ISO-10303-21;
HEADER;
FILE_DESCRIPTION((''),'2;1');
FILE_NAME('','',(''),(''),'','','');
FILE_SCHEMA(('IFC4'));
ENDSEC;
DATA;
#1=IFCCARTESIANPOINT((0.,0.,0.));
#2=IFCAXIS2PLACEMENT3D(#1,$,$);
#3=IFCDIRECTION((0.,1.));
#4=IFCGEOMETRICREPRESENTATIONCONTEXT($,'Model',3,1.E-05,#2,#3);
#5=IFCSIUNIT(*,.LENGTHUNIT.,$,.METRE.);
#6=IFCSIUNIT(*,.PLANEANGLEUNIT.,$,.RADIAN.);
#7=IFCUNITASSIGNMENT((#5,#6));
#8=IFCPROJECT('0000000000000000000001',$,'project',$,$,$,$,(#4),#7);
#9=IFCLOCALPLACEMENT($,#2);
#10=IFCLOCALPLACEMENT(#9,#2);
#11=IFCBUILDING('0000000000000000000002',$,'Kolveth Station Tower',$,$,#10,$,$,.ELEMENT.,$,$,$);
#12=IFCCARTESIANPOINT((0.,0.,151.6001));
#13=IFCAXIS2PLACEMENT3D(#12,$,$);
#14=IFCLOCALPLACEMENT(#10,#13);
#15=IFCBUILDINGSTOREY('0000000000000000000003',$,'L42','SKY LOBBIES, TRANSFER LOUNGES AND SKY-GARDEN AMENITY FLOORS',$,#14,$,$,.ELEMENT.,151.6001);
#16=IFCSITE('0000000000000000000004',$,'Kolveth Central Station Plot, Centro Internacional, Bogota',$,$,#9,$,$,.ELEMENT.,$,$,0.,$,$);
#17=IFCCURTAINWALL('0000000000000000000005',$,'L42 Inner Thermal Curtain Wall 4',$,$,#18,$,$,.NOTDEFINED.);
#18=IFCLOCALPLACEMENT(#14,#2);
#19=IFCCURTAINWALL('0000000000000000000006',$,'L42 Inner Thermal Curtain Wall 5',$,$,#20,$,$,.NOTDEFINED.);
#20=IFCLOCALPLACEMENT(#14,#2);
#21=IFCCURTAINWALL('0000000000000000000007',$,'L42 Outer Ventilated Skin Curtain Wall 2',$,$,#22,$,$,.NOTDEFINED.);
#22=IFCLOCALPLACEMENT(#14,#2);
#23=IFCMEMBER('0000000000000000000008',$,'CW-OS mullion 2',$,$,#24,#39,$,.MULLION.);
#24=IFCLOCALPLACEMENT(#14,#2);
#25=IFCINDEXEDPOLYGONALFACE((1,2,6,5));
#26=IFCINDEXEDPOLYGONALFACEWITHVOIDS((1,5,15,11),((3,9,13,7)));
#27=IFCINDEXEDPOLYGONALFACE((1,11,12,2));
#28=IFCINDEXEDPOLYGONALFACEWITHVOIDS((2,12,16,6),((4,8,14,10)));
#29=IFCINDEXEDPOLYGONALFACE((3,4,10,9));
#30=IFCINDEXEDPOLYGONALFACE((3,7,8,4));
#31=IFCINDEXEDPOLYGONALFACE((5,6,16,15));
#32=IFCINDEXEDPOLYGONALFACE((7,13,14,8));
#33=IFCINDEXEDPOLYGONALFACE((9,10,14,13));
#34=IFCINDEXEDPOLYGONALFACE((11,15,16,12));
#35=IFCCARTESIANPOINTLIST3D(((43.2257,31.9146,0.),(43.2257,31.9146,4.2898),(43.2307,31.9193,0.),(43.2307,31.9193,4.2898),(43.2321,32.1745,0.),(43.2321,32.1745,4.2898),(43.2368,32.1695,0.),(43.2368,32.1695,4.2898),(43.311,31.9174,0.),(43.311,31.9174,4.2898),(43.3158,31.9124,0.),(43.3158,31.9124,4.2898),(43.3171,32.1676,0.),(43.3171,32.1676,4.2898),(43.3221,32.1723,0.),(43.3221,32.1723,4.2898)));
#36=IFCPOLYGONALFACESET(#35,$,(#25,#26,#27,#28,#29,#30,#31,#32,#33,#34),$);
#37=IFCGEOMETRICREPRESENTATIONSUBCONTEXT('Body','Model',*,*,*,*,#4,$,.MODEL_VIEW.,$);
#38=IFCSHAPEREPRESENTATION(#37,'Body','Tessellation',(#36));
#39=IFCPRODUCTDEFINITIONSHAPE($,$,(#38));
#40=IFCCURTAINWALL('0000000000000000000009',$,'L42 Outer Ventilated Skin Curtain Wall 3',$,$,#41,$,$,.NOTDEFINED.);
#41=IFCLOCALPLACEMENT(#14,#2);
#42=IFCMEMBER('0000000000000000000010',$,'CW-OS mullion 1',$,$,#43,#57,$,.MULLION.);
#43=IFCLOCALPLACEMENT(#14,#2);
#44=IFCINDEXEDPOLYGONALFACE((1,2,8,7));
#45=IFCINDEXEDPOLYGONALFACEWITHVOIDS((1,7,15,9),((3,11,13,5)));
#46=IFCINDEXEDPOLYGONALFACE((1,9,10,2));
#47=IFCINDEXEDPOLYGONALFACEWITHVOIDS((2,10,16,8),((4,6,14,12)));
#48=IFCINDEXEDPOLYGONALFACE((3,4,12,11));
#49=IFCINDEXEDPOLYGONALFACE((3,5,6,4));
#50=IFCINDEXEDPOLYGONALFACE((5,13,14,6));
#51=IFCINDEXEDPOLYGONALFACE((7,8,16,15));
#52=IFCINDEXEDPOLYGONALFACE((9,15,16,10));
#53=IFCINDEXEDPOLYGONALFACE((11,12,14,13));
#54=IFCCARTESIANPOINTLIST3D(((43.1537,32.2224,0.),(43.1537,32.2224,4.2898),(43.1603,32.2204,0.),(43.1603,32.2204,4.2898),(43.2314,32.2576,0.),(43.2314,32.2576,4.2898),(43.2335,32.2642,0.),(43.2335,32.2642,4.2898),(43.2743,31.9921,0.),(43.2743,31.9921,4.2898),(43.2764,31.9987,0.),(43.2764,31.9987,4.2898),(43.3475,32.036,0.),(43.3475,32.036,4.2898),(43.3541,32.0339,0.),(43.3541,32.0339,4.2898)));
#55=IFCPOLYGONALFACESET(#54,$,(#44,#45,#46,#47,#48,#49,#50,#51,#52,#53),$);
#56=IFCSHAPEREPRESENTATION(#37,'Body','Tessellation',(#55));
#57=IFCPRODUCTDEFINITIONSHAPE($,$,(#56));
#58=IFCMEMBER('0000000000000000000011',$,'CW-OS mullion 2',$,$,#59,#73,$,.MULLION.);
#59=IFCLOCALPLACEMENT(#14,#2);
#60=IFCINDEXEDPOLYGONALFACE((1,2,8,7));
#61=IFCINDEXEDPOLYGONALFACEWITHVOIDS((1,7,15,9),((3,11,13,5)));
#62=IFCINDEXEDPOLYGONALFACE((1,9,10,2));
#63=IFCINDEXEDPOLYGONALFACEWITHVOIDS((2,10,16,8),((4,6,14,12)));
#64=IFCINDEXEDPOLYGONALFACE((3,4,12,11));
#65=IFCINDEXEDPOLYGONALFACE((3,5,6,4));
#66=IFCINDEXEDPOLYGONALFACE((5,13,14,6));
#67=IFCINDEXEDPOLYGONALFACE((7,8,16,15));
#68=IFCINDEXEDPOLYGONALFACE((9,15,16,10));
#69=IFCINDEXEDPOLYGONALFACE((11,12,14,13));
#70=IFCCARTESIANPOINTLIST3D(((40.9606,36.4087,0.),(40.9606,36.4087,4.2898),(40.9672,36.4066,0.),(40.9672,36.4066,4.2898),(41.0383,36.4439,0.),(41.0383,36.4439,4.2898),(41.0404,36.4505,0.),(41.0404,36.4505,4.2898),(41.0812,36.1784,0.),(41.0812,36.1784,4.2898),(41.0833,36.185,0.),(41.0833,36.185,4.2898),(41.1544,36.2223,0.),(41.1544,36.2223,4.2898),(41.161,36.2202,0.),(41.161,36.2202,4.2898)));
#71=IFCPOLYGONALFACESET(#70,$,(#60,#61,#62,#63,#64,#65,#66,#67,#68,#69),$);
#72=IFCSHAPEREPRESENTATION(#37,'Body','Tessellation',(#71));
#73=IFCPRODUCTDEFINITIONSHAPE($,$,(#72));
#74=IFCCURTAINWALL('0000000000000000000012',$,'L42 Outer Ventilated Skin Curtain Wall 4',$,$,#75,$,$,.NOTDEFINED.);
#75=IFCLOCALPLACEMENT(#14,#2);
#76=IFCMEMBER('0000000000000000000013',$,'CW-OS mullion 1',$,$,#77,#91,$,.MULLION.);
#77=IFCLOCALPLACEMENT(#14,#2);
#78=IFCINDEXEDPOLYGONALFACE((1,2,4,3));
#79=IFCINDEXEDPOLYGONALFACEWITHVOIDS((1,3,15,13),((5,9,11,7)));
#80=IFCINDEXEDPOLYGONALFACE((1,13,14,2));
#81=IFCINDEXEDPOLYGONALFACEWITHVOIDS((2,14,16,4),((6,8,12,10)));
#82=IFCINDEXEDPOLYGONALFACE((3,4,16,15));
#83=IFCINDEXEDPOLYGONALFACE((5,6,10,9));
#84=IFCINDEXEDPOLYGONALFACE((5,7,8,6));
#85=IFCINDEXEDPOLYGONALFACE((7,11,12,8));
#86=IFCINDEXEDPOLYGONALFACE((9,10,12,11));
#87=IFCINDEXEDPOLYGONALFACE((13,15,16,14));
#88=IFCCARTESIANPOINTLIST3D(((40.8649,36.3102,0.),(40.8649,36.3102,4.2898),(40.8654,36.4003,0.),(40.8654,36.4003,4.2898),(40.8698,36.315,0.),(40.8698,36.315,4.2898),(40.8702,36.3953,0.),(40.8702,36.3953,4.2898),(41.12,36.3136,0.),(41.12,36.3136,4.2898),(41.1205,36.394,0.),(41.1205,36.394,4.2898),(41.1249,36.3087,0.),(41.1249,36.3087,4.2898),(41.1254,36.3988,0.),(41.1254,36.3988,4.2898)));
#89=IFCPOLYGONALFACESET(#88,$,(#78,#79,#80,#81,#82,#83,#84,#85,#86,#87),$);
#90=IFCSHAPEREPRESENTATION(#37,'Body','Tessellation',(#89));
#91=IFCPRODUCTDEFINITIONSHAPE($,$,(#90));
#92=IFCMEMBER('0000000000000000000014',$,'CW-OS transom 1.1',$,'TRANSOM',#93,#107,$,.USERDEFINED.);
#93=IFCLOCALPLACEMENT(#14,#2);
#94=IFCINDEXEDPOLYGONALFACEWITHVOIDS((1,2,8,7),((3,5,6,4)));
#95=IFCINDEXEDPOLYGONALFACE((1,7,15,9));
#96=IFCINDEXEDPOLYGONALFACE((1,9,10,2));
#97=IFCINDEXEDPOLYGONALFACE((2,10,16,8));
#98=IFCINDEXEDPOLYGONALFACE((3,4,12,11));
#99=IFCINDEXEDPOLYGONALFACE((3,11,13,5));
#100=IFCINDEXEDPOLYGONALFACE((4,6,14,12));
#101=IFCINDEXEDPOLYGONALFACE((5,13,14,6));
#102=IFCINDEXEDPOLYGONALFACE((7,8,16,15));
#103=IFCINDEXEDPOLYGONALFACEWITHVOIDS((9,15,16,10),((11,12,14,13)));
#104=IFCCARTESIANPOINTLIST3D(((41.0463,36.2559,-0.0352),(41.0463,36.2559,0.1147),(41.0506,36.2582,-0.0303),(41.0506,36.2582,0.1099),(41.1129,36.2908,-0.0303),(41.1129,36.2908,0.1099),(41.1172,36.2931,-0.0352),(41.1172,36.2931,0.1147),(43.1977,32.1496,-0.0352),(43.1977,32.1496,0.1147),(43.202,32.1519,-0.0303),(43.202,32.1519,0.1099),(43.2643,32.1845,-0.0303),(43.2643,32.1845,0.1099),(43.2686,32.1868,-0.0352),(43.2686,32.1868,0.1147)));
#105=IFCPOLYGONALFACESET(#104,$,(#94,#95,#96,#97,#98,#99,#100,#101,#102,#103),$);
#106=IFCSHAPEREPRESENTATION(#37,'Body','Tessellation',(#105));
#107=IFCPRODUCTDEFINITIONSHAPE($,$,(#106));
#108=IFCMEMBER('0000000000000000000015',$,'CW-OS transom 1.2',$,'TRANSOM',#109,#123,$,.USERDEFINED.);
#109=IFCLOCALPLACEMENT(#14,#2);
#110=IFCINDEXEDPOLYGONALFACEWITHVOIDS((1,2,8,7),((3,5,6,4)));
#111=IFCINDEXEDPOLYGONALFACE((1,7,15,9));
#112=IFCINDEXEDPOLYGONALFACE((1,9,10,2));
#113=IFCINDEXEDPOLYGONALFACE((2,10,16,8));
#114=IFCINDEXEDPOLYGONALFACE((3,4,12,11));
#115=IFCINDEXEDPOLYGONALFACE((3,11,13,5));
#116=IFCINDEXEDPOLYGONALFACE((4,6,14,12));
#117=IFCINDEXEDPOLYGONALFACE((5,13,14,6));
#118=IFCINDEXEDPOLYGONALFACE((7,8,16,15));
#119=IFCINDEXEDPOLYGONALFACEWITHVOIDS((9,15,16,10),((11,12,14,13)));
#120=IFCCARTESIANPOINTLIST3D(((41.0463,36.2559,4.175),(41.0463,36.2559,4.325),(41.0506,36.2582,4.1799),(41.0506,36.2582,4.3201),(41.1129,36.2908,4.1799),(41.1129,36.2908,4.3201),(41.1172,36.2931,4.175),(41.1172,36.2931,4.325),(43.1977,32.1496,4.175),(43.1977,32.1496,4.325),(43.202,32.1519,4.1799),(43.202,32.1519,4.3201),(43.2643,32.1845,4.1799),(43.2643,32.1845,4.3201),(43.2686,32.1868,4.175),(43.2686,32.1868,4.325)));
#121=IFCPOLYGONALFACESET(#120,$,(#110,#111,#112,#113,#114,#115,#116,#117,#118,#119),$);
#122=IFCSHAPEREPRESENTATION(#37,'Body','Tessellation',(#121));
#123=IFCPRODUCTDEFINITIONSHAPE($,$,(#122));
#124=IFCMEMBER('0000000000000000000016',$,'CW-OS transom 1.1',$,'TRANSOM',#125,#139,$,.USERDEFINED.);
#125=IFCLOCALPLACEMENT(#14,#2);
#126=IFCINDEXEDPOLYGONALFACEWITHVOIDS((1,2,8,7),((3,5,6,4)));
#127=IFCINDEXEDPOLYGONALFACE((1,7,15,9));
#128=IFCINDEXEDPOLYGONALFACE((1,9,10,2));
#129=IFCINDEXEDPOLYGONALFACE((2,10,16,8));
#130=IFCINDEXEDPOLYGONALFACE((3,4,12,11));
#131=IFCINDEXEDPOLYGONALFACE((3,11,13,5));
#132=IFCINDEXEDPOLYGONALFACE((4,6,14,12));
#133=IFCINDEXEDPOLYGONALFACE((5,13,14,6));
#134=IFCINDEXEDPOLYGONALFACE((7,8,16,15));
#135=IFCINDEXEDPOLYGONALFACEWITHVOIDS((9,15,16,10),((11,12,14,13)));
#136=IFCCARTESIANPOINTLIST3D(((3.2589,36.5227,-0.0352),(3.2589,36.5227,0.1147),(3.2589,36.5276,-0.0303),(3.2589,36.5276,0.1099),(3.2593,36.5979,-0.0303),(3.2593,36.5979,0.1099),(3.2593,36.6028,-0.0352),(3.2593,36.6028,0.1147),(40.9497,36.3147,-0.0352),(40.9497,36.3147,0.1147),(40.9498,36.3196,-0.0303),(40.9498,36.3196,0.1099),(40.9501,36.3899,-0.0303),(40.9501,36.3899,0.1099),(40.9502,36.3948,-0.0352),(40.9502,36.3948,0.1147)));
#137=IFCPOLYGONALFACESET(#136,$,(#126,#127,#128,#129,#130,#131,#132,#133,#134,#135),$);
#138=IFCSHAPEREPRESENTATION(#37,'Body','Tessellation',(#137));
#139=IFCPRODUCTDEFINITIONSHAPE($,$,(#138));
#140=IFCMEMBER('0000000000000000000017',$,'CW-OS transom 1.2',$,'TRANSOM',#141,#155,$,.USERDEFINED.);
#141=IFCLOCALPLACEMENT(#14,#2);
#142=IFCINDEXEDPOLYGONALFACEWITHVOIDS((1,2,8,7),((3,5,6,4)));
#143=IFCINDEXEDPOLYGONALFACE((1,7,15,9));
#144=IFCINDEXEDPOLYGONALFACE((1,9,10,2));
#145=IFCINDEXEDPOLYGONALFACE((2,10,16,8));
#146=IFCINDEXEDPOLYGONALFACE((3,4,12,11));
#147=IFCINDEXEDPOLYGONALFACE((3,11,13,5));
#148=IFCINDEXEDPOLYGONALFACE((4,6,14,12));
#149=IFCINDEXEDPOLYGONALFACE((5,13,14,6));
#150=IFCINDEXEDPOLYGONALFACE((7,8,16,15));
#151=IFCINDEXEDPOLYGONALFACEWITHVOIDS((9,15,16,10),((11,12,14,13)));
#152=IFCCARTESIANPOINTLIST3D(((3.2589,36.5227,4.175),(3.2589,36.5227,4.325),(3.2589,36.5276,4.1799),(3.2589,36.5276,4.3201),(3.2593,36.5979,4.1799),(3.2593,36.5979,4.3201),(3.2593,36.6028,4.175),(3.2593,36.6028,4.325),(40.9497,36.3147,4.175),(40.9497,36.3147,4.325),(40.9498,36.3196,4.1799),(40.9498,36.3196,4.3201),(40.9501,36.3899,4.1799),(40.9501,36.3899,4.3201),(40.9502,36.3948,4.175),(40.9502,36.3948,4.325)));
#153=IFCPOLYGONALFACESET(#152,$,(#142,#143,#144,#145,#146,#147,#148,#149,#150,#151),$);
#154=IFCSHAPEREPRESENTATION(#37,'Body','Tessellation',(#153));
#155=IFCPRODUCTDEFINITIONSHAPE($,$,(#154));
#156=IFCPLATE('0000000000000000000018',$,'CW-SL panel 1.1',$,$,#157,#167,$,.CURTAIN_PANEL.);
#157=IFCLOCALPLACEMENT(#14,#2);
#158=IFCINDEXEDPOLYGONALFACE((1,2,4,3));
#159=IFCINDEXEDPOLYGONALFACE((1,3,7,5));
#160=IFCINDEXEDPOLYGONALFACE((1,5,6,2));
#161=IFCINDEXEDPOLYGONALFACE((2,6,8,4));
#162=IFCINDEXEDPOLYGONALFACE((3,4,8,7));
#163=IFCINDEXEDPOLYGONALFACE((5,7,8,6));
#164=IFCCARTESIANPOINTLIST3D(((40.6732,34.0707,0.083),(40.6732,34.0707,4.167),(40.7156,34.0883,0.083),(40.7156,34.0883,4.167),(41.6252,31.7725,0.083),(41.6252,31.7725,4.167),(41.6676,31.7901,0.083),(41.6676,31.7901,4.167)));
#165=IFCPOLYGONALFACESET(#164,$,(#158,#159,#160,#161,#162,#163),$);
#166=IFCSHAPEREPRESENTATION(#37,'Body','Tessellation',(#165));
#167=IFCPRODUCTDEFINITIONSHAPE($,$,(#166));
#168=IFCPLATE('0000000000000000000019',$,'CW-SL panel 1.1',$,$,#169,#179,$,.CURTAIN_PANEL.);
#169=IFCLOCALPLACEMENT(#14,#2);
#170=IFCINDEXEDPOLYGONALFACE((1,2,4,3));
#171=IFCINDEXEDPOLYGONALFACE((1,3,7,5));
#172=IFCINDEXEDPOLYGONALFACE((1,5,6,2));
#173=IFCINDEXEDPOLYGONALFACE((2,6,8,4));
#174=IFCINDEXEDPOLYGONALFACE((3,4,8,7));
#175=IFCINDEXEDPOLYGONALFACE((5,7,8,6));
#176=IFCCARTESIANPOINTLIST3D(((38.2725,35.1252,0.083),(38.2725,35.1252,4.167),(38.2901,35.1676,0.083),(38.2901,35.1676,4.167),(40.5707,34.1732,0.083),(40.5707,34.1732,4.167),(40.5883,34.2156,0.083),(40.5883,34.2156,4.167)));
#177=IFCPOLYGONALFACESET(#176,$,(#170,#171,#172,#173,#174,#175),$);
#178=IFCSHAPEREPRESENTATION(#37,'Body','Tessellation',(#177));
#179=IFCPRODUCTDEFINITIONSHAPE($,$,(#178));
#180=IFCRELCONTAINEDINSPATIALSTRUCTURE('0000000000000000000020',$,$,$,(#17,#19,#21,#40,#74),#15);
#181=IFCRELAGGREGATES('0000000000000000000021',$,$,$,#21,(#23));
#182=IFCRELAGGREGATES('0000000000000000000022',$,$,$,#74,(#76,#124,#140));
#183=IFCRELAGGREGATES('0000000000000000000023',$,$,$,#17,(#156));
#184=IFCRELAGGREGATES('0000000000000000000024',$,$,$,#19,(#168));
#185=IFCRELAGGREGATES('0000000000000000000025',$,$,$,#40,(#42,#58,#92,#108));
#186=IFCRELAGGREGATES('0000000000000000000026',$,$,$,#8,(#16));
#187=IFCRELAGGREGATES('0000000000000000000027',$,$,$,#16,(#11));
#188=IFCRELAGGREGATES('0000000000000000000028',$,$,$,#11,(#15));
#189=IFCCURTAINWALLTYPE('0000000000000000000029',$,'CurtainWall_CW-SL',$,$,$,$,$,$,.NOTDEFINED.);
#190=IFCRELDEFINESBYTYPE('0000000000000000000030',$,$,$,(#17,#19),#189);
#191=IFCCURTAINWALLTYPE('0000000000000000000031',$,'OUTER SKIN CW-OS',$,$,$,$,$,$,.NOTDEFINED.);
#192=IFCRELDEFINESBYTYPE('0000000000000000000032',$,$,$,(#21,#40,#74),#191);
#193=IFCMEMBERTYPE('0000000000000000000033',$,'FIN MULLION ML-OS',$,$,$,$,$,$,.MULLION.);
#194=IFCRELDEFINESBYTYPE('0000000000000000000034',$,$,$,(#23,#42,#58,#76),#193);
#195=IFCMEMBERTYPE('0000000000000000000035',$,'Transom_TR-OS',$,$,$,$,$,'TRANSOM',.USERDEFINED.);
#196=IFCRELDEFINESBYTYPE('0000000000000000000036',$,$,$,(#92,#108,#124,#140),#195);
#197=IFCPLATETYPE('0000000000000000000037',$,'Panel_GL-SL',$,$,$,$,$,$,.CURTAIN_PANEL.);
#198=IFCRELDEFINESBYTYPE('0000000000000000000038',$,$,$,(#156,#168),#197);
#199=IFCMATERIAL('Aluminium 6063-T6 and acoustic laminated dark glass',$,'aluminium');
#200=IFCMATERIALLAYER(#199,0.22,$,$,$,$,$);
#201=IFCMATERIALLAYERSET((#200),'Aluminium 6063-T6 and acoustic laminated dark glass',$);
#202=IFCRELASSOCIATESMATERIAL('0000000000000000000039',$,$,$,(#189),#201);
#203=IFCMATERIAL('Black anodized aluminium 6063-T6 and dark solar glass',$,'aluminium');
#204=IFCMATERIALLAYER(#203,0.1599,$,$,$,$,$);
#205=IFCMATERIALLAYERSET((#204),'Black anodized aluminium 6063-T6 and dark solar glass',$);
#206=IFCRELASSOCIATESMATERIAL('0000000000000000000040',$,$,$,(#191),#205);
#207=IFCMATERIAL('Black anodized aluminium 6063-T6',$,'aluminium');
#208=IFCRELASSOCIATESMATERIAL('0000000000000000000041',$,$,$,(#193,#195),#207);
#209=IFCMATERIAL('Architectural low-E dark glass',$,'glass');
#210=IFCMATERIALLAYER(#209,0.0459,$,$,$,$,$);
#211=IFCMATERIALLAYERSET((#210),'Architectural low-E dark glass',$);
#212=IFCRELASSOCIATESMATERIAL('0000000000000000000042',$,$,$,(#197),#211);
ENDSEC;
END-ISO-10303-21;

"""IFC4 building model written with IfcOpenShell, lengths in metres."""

from ifc_helpers import new_model, si_unit, direction, frame, origin, origin_2d, place, context, subcontext, project, spatial, rectangle, hollow_rectangle, extrude, source, transform, mapped, material, layer, layer_set, material_profile, profile_set, type_object, element, aggregate, save


model = new_model("IFC4")

# Units and contexts
model_context = context("Model", 3, precision=1e-05, world=origin(), true_north=direction((0.0, 1.0)))
body_context = subcontext(model_context, "Body", "Model", "MODEL_VIEW")
ifc_project = project(units=[si_unit("LENGTHUNIT", "METRE"), si_unit("PLANEANGLEUNIT", "RADIAN")], contexts=[model_context])

# Site, building, storey
site_placement = place(None, origin())
site = spatial("IfcSite", under=ifc_project, at=site_placement, Name="Kolveth Central Station Plot, Centro Internacional, Bogota", CompositionType="ELEMENT", RefElevation=0.0)
building_placement = place(site_placement, origin())
building = spatial("IfcBuilding", under=site, at=building_placement, Name="Kolveth Station Tower", CompositionType="ELEMENT")
storey_placement = place(building_placement, frame((0.0, 0.0, 151.6001)))
storey = spatial("IfcBuildingStorey", under=building, at=storey_placement, Name="L42", Description="SKY LOBBIES, TRANSFER LOUNGES AND SKY-GARDEN AMENITY FLOORS", CompositionType="ELEMENT", Elevation=151.6001)

# Curtain wall
ifc_material_1 = material(Name="Aluminium 6063-T6 and acoustic laminated dark glass", Category="aluminium")
ifc_layer_1 = layer(ifc_material_1, 0.22)
ifc_layer_set_1 = layer_set([ifc_layer_1], Name="Aluminium 6063-T6 and acoustic laminated dark glass")
curtain_wall_type_1 = type_object("IfcCurtainWallType", Name="CurtainWall_CW-SL", PredefinedType="NOTDEFINED", material=ifc_layer_set_1)
curtain_wall_1_placement = place(storey_placement, origin())
curtain_wall_1 = element("IfcCurtainWall", 1, at=curtain_wall_1_placement, inside=storey, type_object=curtain_wall_type_1, Name="L42 Inner Thermal Curtain Wall 4", PredefinedType="NOTDEFINED")
ifc_material_2 = material(Name="Black anodized aluminium 6063-T6", Category="aluminium")

# Curtain wall
curtain_wall_2_placement = place(storey_placement, origin())
curtain_wall_2 = element("IfcCurtainWall", 2, at=curtain_wall_2_placement, inside=storey, type_object=curtain_wall_type_1, Name="L42 Inner Thermal Curtain Wall 5", PredefinedType="NOTDEFINED")

# Curtain wall, member
ifc_material_3 = material(Name="Black anodized aluminium 6063-T6 and dark solar glass", Category="aluminium")
ifc_layer_2 = layer(ifc_material_3, 0.1599)
ifc_layer_set_2 = layer_set([ifc_layer_2], Name="Black anodized aluminium 6063-T6 and dark solar glass")
curtain_wall_type_2 = type_object("IfcCurtainWallType", Name="OUTER SKIN CW-OS", PredefinedType="NOTDEFINED", material=ifc_layer_set_2)
curtain_wall_3_placement = place(storey_placement, origin())
curtain_wall_3 = element("IfcCurtainWall", 3, at=curtain_wall_3_placement, inside=storey, type_object=curtain_wall_type_2, Name="L42 Outer Ventilated Skin Curtain Wall 2", PredefinedType="NOTDEFINED")
ifc_material_profile_1 = material_profile(ifc_material_2, hollow_rectangle(XDim=0.0901, YDim=0.26, WallThickness=0.0049, at=origin_2d()), Name="ALU-90x260x5")
ifc_profile_set_1 = profile_set([ifc_material_profile_1], Name="Black anodized aluminium 6063-T6")
member_type_1 = type_object("IfcMemberType", Name="FIN MULLION ML-OS", PredefinedType="MULLION", material=ifc_profile_set_1)
shared_shape_1 = source(origin(), body_context, "Body", "SweptSolid", [
    extrude(hollow_rectangle(XDim=0.0901, YDim=0.26, WallThickness=0.0049, at=origin_2d()), origin(), (0.0, 0.0, 1.0), 4.2898),
])
member_1_placement = place(storey_placement, frame((43.2739, 32.0435, 0.0), z_axis=(0.0, 0.0, 1.0), x_axis=(-0.999704, 0.024324, 0.0)))
member_1 = element("IfcMember", 4, at=member_1_placement, type_object=member_type_1, Name="CW-OS mullion 2", PredefinedType="MULLION", context=body_context, shape_type="MappedRepresentation", body=[
    mapped(shared_shape_1, transform((0.0, 0.0, 0.0), x_axis=(1.0, 0.0, 0.0), y_axis=(0.0, 1.0, 0.0), z_axis=(0.0, 0.0, 1.0), scale=1.0)),
])
aggregate(curtain_wall_3, [member_1])

# Curtain wall, members
curtain_wall_4_placement = place(storey_placement, origin())
curtain_wall_4 = element("IfcCurtainWall", 5, at=curtain_wall_4_placement, inside=storey, type_object=curtain_wall_type_2, Name="L42 Outer Ventilated Skin Curtain Wall 3", PredefinedType="NOTDEFINED")
member_2_placement = place(storey_placement, frame((43.2539, 32.1282, 0.0), z_axis=(0.0, 0.0, 1.0), x_axis=(-0.885795, -0.464078, 0.0)))
member_2 = element("IfcMember", 6, at=member_2_placement, type_object=member_type_1, Name="CW-OS mullion 1", PredefinedType="MULLION", context=body_context, shape_type="MappedRepresentation", body=[
    mapped(shared_shape_1, transform((0.0, 0.0, 0.0), x_axis=(1.0, 0.0, 0.0), y_axis=(0.0, 1.0, 0.0), z_axis=(0.0, 0.0, 1.0), scale=1.0)),
])
member_3_placement = place(storey_placement, frame((41.0608, 36.3145, 0.0), z_axis=(0.0, 0.0, 1.0), x_axis=(-0.885795, -0.464078, 0.0)))
member_3 = element("IfcMember", 7, at=member_3_placement, type_object=member_type_1, Name="CW-OS mullion 2", PredefinedType="MULLION", context=body_context, shape_type="MappedRepresentation", body=[
    mapped(shared_shape_1, transform((0.0, 0.0, 0.0), x_axis=(1.0, 0.0, 0.0), y_axis=(0.0, 1.0, 0.0), z_axis=(0.0, 0.0, 1.0), scale=1.0)),
])

# Curtain wall, member
curtain_wall_5_placement = place(storey_placement, origin())
curtain_wall_5 = element("IfcCurtainWall", 8, at=curtain_wall_5_placement, inside=storey, type_object=curtain_wall_type_2, Name="L42 Outer Ventilated Skin Curtain Wall 4", PredefinedType="NOTDEFINED")
member_4_placement = place(storey_placement, frame((40.9951, 36.3545, 0.0), z_axis=(0.0, 0.0, 1.0), x_axis=(-0.005519, -0.999985, 0.0)))
member_4 = element("IfcMember", 9, at=member_4_placement, type_object=member_type_1, Name="CW-OS mullion 1", PredefinedType="MULLION", context=body_context, shape_type="MappedRepresentation", body=[
    mapped(shared_shape_1, transform((0.0, 0.0, 0.0), x_axis=(1.0, 0.0, 0.0), y_axis=(0.0, 1.0, 0.0), z_axis=(0.0, 0.0, 1.0), scale=1.0)),
])

# Members
ifc_material_profile_2 = material_profile(ifc_material_2, hollow_rectangle(XDim=0.0801, YDim=0.1499, WallThickness=0.0049, at=origin_2d()), Name="ALU-80x150x5")
ifc_profile_set_2 = profile_set([ifc_material_profile_2], Name="Black anodized aluminium 6063-T6")
member_type_2 = type_object("IfcMemberType", Name="Transom_TR-OS", ElementType="TRANSOM", PredefinedType="USERDEFINED", material=ifc_profile_set_2)
shared_shape_2 = source(origin(), body_context, "Body", "SweptSolid", [
    extrude(hollow_rectangle(XDim=0.0801, YDim=0.1499, WallThickness=0.0049, at=origin_2d()), origin(), (0.0, 0.0, 1.0), 4.6357),
])
member_5_placement = place(storey_placement, frame((43.2332, 32.1682, 0.0398), z_axis=(-0.464092, 0.885787, 0.0), x_axis=(-0.885787, -0.464092, 0.0)))
member_5 = element("IfcMember", 10, at=member_5_placement, type_object=member_type_2, Name="CW-OS transom 1.1", ObjectType="TRANSOM", PredefinedType="USERDEFINED", context=body_context, shape_type="MappedRepresentation", body=[
    mapped(shared_shape_2, transform((0.0, 0.0, 0.0), x_axis=(1.0, 0.0, 0.0), y_axis=(0.0, 1.0, 0.0), z_axis=(0.0, 0.0, 1.0), scale=1.0)),
])
member_6_placement = place(storey_placement, frame((43.2332, 32.1682, 4.25), z_axis=(-0.464092, 0.885787, 0.0), x_axis=(-0.885787, -0.464092, 0.0)))
member_6 = element("IfcMember", 11, at=member_6_placement, type_object=member_type_2, Name="CW-OS transom 1.2", ObjectType="TRANSOM", PredefinedType="USERDEFINED", context=body_context, shape_type="MappedRepresentation", body=[
    mapped(shared_shape_2, transform((0.0, 0.0, 0.0), x_axis=(1.0, 0.0, 0.0), y_axis=(0.0, 1.0, 0.0), z_axis=(0.0, 0.0, 1.0), scale=1.0)),
])
shared_shape_3 = source(origin(), body_context, "Body", "SweptSolid", [
    extrude(hollow_rectangle(XDim=0.0801, YDim=0.1499, WallThickness=0.0049, at=origin_2d()), origin(), (0.0, 0.0, 1.0), 37.6914),
])
member_7_placement = place(storey_placement, frame((40.95, 36.3547, 0.0398), z_axis=(-0.999985, 0.005519, 0.0), x_axis=(-0.005519, -0.999985, 0.0)))
member_7 = element("IfcMember", 12, at=member_7_placement, type_object=member_type_2, Name="CW-OS transom 1.1", ObjectType="TRANSOM", PredefinedType="USERDEFINED", context=body_context, shape_type="MappedRepresentation", body=[
    mapped(shared_shape_3, transform((0.0, 0.0, 0.0), x_axis=(1.0, 0.0, 0.0), y_axis=(0.0, 1.0, 0.0), z_axis=(0.0, 0.0, 1.0), scale=1.0)),
])
member_8_placement = place(storey_placement, frame((40.95, 36.3547, 4.25), z_axis=(-0.999985, 0.005519, 0.0), x_axis=(-0.005519, -0.999985, 0.0)))
member_8 = element("IfcMember", 13, at=member_8_placement, type_object=member_type_2, Name="CW-OS transom 1.2", ObjectType="TRANSOM", PredefinedType="USERDEFINED", context=body_context, shape_type="MappedRepresentation", body=[
    mapped(shared_shape_3, transform((0.0, 0.0, 0.0), x_axis=(1.0, 0.0, 0.0), y_axis=(0.0, 1.0, 0.0), z_axis=(0.0, 0.0, 1.0), scale=1.0)),
])
aggregate(curtain_wall_5, [member_4, member_7, member_8])

# Plates
ifc_material_4 = material(Name="Architectural low-E dark glass", Category="glass")
ifc_layer_3 = layer(ifc_material_4, 0.0459)
ifc_layer_set_3 = layer_set([ifc_layer_3], Name="Architectural low-E dark glass")
plate_type_1 = type_object("IfcPlateType", Name="Panel_GL-SL", PredefinedType="CURTAIN_PANEL", material=ifc_layer_set_3)
shared_shape_4 = source(origin(), body_context, "Body", "SweptSolid", [
    extrude(rectangle(XDim=2.4875, YDim=0.0459, at=origin_2d()), origin(), (0.0, 0.0, 1.0), 4.084),
])
plate_1_placement = place(storey_placement, frame((41.1704, 32.9304, 0.083), z_axis=(0.0, 0.0, 1.0), x_axis=(-0.382698, 0.923874, 0.0)))
plate_1 = element("IfcPlate", 14, at=plate_1_placement, type_object=plate_type_1, Name="CW-SL panel 1.1", PredefinedType="CURTAIN_PANEL", context=body_context, shape_type="MappedRepresentation", body=[
    mapped(shared_shape_4, transform((0.0, 0.0, 0.0), x_axis=(1.0, 0.0, 0.0), y_axis=(0.0, 1.0, 0.0), z_axis=(0.0, 0.0, 1.0), scale=1.0)),
])
aggregate(curtain_wall_1, [plate_1])
plate_2_placement = place(storey_placement, frame((39.4304, 34.6704, 0.083), z_axis=(0.0, 0.0, 1.0), x_axis=(-0.923874, 0.382698, 0.0)))
plate_2 = element("IfcPlate", 15, at=plate_2_placement, type_object=plate_type_1, Name="CW-SL panel 1.1", PredefinedType="CURTAIN_PANEL", context=body_context, shape_type="MappedRepresentation", body=[
    mapped(shared_shape_4, transform((0.0, 0.0, 0.0), x_axis=(1.0, 0.0, 0.0), y_axis=(0.0, 1.0, 0.0), z_axis=(0.0, 0.0, 1.0), scale=1.0)),
])
aggregate(curtain_wall_2, [plate_2])
aggregate(curtain_wall_4, [member_2, member_3, member_5, member_6])

save(model, "model.ifc")
